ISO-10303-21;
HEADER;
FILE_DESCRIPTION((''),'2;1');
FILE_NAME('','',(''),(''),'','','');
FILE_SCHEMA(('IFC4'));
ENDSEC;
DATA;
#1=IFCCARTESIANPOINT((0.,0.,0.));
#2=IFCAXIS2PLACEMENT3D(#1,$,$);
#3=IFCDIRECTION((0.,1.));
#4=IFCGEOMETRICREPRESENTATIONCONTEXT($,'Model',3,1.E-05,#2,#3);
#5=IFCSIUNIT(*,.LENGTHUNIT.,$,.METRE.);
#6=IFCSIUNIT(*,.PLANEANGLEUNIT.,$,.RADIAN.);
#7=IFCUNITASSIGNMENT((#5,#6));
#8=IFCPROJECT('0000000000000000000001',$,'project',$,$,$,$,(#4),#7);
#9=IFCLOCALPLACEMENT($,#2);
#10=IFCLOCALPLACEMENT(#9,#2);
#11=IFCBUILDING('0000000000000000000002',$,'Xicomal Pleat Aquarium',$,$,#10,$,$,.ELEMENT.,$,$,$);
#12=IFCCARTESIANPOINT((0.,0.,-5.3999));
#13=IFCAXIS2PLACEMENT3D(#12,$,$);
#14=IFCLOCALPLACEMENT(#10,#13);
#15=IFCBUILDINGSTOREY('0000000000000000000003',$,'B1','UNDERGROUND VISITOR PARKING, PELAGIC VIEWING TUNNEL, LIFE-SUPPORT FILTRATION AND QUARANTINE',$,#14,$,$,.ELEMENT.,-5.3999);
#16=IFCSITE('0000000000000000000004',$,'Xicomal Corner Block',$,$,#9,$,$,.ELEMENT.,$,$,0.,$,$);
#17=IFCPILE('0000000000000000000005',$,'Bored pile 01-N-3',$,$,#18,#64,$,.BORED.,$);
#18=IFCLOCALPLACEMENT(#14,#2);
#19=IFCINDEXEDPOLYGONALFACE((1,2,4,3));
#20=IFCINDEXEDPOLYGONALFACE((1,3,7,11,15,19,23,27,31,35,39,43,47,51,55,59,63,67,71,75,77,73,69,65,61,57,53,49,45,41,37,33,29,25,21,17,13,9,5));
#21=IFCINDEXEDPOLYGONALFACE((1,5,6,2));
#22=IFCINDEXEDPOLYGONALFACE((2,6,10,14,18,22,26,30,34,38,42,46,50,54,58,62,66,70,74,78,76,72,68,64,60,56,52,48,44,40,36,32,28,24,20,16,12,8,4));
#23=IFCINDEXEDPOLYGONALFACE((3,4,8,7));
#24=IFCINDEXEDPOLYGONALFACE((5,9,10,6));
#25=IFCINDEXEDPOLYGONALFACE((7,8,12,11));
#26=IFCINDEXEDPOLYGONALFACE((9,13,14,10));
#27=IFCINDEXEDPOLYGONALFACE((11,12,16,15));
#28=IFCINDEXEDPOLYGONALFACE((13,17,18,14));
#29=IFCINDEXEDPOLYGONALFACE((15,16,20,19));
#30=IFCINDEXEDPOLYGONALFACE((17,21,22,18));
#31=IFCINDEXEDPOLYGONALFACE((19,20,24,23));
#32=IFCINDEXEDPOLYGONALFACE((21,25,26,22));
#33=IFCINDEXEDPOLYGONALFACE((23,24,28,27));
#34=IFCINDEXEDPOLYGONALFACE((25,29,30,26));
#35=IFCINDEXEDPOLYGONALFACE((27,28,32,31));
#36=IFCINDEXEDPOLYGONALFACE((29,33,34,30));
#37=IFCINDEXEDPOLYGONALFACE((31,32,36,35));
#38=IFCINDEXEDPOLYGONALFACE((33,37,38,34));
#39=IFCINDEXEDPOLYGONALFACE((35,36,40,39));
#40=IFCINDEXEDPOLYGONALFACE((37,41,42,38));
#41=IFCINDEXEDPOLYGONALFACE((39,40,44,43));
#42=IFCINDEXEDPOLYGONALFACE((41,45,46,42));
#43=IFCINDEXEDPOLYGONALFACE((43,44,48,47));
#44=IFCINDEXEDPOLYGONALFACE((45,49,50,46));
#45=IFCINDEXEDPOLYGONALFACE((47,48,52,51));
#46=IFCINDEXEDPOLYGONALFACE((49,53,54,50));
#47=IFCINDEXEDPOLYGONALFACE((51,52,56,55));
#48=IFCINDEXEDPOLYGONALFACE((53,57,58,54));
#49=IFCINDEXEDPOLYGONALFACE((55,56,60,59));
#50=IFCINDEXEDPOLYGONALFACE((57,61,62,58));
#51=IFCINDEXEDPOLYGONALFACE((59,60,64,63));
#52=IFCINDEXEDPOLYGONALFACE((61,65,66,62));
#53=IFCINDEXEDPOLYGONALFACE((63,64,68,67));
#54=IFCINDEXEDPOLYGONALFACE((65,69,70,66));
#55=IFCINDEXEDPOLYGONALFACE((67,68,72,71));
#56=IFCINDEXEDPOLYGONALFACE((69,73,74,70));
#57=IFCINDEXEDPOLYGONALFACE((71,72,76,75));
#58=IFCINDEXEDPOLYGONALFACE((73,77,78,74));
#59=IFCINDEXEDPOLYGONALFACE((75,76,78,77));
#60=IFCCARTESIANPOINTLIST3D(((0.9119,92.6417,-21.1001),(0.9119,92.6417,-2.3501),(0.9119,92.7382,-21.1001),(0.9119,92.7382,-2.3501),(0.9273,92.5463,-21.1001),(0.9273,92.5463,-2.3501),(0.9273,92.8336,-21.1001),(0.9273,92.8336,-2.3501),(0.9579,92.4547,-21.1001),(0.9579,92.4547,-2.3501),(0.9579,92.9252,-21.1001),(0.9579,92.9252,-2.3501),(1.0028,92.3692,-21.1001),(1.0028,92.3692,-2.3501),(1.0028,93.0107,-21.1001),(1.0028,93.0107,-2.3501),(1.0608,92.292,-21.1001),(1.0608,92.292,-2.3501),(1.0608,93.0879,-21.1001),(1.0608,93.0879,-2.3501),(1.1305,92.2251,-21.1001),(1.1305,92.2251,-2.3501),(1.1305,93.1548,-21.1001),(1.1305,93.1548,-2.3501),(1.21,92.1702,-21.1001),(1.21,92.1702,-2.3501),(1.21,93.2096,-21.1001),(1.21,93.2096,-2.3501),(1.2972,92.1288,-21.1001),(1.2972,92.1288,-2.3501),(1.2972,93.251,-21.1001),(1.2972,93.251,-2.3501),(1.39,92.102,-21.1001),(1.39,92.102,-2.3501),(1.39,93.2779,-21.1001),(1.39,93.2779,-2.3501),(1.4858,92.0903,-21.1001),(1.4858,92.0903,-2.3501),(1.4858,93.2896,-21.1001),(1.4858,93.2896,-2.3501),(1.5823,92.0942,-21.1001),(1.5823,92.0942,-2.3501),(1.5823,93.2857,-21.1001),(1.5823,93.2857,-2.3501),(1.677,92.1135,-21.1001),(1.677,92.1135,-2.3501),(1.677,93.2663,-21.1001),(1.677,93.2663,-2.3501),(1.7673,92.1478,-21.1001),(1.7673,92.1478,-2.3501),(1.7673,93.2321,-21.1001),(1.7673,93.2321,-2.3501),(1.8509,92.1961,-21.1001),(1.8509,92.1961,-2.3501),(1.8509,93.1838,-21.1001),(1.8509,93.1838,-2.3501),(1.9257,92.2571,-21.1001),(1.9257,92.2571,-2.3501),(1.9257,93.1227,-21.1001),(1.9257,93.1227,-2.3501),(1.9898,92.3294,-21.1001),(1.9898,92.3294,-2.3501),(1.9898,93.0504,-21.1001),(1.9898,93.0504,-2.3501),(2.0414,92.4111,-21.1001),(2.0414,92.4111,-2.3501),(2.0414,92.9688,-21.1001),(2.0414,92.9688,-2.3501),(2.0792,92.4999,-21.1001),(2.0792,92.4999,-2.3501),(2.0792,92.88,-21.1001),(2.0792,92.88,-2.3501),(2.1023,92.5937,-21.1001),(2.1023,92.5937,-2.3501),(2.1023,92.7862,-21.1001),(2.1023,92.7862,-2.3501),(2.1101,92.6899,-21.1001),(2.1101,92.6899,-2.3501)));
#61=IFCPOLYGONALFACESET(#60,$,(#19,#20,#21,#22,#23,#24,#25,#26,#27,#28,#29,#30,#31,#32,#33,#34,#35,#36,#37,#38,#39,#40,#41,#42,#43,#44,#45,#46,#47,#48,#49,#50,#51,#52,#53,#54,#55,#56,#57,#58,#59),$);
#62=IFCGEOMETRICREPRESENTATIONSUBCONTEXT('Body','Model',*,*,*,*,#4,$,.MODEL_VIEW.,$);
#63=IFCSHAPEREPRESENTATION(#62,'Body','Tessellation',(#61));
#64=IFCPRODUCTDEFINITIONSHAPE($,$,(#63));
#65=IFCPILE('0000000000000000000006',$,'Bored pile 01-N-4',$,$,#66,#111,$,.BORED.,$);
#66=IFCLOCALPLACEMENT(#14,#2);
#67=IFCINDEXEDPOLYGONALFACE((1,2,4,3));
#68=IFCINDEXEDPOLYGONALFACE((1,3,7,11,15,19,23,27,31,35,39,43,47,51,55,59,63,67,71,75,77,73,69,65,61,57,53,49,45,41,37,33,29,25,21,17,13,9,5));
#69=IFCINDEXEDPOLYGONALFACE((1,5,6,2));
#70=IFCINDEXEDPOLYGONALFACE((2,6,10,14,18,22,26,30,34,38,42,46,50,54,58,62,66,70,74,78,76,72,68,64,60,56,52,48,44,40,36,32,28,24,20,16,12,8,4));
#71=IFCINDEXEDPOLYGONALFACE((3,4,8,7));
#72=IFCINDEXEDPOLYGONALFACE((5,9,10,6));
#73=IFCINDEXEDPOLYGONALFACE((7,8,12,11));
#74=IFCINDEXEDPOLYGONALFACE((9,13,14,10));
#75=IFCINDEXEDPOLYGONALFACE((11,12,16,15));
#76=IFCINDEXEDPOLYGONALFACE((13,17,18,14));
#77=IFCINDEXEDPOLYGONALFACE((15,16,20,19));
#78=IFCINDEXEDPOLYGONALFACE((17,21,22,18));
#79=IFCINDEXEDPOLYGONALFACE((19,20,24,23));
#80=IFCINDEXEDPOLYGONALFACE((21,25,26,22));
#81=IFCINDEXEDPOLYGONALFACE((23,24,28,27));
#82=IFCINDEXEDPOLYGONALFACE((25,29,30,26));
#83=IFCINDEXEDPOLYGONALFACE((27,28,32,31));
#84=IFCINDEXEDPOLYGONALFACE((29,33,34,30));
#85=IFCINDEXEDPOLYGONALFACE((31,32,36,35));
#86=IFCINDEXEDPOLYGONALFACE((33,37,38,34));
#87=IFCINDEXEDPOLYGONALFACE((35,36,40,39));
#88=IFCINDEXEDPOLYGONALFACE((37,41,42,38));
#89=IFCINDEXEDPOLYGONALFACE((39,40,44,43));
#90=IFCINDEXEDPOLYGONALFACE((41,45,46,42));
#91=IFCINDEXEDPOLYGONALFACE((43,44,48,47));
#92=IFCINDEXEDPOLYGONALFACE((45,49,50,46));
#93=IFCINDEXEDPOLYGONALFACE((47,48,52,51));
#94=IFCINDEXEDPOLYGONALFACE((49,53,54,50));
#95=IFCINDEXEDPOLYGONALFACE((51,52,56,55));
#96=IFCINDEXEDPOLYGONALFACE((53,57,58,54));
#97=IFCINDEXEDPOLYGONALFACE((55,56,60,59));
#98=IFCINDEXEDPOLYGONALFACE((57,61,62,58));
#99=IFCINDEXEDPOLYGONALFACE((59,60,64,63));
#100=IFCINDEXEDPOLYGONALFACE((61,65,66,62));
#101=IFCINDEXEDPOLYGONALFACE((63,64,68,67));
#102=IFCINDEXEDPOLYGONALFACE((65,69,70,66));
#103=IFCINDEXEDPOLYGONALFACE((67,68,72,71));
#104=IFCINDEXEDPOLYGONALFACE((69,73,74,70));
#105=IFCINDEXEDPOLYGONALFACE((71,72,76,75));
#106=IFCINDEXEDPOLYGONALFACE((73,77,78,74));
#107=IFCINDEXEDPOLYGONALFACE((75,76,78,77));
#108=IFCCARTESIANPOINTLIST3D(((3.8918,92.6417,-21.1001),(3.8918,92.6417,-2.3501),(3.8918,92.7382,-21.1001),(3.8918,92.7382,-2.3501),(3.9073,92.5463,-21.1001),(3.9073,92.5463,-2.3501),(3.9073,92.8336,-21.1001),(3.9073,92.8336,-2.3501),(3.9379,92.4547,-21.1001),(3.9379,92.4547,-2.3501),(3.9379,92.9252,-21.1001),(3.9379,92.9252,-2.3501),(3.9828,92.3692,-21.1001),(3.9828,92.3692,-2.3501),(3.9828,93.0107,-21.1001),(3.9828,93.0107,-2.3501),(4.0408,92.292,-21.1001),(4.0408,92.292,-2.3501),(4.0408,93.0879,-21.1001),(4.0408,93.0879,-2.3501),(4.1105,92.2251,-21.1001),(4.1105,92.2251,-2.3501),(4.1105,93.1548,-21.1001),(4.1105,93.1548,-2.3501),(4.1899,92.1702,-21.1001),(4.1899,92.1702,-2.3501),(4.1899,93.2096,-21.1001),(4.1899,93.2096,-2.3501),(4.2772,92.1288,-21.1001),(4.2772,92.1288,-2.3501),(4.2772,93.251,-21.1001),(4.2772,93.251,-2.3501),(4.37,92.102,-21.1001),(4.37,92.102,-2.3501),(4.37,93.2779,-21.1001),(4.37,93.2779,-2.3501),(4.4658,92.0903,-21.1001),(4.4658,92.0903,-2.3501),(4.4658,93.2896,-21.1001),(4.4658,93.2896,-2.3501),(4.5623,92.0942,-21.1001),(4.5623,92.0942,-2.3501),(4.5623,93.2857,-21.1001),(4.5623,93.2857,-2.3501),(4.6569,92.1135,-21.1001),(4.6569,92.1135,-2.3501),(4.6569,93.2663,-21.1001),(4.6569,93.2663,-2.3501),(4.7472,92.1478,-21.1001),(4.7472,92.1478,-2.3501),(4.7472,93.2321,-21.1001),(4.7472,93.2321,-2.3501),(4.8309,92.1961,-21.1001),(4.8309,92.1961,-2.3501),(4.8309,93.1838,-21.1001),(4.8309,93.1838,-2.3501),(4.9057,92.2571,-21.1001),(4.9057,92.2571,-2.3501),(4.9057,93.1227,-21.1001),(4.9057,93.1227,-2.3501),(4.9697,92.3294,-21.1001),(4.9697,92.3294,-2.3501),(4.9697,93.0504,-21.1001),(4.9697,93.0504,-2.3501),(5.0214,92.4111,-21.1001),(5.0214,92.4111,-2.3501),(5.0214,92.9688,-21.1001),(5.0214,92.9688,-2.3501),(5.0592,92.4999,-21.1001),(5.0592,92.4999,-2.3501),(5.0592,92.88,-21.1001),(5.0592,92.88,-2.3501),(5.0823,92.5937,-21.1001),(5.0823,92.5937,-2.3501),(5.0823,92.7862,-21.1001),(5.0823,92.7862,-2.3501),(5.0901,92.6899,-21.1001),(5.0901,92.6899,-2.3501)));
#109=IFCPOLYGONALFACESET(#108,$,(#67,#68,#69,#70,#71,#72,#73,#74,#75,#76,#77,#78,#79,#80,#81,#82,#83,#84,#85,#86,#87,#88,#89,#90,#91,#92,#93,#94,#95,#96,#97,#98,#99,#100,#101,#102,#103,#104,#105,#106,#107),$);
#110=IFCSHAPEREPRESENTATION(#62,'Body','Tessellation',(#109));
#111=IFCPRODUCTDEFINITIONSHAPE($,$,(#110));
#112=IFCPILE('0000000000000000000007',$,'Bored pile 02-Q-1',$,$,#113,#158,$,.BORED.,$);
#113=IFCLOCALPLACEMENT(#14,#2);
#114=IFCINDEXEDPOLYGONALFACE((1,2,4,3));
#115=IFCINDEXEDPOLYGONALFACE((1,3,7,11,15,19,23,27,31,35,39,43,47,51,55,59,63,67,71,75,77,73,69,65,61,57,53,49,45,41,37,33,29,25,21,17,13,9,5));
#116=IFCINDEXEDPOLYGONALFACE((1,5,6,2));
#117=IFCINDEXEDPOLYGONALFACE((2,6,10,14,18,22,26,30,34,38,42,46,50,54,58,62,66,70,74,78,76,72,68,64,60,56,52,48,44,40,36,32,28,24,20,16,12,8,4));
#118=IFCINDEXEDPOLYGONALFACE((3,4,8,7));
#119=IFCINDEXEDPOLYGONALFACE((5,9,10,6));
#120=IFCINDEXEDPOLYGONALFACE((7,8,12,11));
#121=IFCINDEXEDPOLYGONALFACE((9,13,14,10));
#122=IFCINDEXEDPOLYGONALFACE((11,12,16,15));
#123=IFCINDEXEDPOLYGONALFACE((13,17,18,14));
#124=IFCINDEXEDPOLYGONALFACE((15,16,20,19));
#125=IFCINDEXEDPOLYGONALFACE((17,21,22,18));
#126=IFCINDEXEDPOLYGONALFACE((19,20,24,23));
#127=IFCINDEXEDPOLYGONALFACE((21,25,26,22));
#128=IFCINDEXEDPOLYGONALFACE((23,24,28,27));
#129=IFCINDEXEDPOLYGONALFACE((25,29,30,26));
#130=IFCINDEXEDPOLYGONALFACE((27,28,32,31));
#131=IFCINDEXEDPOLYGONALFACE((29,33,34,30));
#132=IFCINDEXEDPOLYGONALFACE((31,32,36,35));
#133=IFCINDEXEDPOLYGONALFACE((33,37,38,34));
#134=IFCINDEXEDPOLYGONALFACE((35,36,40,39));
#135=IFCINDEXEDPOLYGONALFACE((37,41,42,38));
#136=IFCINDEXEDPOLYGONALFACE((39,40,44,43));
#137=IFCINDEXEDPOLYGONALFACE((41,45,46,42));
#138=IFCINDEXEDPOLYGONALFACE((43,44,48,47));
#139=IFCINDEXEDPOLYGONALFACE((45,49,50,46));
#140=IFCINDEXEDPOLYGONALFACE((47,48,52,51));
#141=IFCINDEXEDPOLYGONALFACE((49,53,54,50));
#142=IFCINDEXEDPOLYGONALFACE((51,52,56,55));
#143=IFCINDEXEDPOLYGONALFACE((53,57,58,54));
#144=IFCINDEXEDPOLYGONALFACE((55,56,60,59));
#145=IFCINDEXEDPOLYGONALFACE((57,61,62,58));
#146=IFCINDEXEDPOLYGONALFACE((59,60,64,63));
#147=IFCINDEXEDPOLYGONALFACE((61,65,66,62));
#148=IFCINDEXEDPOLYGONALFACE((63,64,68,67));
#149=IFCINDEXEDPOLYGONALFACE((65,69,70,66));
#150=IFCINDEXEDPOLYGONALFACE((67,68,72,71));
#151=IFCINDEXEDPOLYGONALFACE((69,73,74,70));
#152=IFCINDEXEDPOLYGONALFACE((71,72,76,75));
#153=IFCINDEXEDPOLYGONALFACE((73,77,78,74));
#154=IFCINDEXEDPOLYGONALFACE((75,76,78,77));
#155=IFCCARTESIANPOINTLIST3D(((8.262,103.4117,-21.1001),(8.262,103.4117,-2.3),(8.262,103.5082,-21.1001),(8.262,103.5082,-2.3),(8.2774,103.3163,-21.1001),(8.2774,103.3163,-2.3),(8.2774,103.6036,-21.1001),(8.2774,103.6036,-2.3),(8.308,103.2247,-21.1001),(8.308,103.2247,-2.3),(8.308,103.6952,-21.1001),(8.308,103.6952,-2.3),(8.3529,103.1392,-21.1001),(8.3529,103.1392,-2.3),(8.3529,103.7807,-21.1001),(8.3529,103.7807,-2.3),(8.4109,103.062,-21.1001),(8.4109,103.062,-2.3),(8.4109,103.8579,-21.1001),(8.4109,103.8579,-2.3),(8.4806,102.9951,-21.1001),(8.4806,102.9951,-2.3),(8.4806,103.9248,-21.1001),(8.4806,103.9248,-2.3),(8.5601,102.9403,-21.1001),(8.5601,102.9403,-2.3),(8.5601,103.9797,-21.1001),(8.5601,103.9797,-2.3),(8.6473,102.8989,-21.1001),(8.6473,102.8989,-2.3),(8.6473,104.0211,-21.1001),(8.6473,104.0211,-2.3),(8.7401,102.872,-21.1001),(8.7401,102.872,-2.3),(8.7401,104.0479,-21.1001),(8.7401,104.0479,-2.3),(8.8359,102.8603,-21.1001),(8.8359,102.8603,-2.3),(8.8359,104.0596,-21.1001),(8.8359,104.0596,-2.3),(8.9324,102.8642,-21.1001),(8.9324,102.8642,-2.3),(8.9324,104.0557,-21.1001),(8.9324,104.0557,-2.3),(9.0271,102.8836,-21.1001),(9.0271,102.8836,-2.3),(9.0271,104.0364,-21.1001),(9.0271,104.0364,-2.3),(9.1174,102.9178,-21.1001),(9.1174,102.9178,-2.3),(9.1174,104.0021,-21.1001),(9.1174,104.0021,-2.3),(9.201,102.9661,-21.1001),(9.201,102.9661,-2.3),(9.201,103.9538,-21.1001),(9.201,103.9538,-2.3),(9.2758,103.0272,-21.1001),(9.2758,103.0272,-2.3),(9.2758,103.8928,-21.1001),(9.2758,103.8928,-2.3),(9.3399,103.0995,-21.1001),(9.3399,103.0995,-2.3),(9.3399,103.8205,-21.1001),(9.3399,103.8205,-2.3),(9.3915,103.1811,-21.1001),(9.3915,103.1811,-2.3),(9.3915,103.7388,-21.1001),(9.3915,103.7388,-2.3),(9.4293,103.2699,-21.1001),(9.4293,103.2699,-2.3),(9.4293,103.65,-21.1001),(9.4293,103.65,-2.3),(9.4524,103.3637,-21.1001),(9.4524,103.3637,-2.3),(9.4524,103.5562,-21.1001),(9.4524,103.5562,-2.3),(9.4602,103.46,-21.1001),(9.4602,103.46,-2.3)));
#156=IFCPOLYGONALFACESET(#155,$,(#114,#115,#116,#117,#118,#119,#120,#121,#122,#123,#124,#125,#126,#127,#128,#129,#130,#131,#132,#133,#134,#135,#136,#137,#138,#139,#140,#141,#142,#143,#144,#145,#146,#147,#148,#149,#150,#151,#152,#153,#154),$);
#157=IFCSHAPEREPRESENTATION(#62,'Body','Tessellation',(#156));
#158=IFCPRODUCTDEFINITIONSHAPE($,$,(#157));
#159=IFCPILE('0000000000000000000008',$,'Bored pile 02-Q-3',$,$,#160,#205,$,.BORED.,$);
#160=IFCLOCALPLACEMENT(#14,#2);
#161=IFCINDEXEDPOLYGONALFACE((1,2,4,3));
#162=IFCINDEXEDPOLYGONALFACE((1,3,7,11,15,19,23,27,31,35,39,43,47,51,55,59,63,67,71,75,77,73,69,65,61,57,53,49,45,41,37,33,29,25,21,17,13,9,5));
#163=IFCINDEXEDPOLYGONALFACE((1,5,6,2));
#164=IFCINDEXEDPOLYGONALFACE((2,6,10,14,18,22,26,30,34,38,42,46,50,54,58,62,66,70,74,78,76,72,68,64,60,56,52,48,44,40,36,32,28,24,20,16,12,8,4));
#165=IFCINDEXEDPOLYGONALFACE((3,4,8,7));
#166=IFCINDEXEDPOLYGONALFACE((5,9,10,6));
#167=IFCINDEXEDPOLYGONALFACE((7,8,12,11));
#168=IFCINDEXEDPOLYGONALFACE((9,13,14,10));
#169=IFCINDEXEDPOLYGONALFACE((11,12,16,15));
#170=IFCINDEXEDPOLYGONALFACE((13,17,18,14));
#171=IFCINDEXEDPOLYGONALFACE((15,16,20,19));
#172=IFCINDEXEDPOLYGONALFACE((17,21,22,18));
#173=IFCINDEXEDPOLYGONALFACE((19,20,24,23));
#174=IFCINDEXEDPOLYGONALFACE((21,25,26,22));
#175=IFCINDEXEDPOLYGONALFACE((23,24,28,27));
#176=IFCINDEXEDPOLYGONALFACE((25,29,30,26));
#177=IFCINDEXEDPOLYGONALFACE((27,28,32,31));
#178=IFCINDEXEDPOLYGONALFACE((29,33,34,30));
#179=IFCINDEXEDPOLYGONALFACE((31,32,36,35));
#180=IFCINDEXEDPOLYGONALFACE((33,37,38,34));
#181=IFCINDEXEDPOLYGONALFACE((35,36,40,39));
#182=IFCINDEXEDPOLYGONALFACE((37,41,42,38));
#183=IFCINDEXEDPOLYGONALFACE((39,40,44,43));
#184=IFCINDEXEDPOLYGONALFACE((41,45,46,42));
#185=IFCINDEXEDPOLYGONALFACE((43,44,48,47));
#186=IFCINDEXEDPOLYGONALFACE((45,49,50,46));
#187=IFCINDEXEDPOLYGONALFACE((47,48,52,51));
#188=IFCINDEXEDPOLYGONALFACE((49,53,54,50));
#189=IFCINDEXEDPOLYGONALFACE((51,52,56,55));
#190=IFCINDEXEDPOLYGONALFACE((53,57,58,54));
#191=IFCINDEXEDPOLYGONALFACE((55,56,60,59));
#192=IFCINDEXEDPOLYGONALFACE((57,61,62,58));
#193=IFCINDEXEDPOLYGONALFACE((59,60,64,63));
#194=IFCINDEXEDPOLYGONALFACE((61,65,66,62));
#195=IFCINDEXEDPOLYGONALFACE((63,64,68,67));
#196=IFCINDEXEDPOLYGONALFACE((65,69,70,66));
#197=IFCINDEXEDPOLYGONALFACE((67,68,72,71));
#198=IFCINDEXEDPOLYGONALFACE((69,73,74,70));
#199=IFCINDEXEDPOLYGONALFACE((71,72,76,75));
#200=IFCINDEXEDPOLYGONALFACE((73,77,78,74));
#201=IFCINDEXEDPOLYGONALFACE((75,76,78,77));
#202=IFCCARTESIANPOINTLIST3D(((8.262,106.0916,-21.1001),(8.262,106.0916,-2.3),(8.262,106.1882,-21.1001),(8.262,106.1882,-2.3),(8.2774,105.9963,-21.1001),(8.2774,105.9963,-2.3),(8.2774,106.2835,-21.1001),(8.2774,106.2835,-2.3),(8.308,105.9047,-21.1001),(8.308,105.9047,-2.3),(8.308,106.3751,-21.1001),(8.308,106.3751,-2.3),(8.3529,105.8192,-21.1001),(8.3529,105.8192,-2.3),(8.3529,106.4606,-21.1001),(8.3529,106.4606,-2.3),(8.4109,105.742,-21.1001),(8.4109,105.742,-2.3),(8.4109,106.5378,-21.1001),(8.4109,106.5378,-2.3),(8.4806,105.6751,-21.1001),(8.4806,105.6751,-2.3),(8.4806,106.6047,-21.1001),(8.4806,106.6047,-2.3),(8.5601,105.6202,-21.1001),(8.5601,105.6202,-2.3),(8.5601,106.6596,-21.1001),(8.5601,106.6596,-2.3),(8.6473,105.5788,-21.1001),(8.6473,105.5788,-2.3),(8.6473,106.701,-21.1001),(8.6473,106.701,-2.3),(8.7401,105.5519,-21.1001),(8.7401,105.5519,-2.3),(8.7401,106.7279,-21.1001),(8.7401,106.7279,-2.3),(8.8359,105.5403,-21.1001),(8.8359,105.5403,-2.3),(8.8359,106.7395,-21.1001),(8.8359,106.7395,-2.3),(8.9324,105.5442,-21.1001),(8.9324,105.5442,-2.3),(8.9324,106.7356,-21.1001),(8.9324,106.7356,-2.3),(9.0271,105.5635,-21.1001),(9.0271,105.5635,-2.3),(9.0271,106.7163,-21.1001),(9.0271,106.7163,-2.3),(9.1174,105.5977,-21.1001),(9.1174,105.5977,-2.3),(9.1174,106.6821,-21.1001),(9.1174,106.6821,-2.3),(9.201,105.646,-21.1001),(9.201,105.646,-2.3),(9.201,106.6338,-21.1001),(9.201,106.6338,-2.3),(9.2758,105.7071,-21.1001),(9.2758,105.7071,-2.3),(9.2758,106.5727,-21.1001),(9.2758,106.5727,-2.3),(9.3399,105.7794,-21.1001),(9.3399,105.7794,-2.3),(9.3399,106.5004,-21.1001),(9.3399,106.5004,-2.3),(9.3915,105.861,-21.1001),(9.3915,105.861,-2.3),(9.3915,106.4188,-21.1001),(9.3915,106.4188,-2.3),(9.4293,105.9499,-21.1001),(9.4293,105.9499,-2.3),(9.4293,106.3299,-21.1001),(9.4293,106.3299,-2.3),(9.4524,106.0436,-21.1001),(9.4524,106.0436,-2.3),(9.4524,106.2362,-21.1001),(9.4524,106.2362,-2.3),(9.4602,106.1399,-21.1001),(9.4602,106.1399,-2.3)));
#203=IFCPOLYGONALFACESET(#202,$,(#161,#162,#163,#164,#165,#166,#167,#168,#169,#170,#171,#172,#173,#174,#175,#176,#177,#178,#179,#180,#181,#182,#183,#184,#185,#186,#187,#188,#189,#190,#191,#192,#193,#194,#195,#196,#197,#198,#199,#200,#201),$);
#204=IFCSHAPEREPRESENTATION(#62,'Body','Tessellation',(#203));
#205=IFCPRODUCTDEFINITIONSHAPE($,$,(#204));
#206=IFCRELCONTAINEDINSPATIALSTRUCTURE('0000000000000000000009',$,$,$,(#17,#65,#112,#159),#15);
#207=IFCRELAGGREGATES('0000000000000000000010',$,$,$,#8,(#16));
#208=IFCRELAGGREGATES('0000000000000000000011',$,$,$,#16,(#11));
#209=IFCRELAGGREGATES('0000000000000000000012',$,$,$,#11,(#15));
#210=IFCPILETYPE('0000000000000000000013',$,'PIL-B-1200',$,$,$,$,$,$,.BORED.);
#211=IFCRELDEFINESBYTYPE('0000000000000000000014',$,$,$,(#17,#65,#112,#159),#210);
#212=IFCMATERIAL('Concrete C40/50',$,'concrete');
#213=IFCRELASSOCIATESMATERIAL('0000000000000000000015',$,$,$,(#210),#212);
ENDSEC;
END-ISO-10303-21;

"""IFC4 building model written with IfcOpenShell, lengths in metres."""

from ifc_helpers import new_model, si_unit, direction, frame, origin, origin_2d, place, context, subcontext, project, spatial, circle, extrude, material, material_profile, profile_set, type_object, element, save


model = new_model("IFC4")

# Units and contexts
model_context = context("Model", 3, precision=1e-05, world=origin(), true_north=direction((0.0, 1.0)))
body_context = subcontext(model_context, "Body", "Model", "MODEL_VIEW")
ifc_project = project(units=[si_unit("LENGTHUNIT", "METRE"), si_unit("PLANEANGLEUNIT", "RADIAN")], contexts=[model_context])

# Site, building, storey
site_placement = place(None, origin())
site = spatial("IfcSite", under=ifc_project, at=site_placement, Name="Xicomal Corner Block", CompositionType="ELEMENT", RefElevation=0.0)
building_placement = place(site_placement, origin())
building = spatial("IfcBuilding", under=site, at=building_placement, Name="Xicomal Pleat Aquarium", CompositionType="ELEMENT")
storey_placement = place(building_placement, frame((0.0, 0.0, -5.3999)))
storey = spatial("IfcBuildingStorey", under=building, at=storey_placement, Name="B1", Description="UNDERGROUND VISITOR PARKING, PELAGIC VIEWING TUNNEL, LIFE-SUPPORT FILTRATION AND QUARANTINE", CompositionType="ELEMENT", Elevation=-5.3999)

# Piles
ifc_material_1 = material(Name="Concrete C40/50", Category="concrete")
ifc_material_profile_1 = material_profile(ifc_material_1, circle(Radius=0.6001, at=origin_2d()), Name="BORED PILE D1200")
ifc_profile_set_1 = profile_set([ifc_material_profile_1], Name="Concrete C40/50")
pile_type_1 = type_object("IfcPileType", Name="PIL-B-1200", PredefinedType="BORED", material=ifc_profile_set_1)
for number, where, z_axis, x_axis, name in (
    (1, (1.51, 92.6899, -2.3501), (0.0, 0.0, -1.0), (1.0, 0.0, 0.0), "Bored pile 01-N-3"),
    (2, (4.49, 92.6899, -2.3501), (0.0, 0.0, -1.0), (1.0, 0.0, 0.0), "Bored pile 01-N-4"),
):
    element("IfcPile", number, at=place(storey_placement, frame(where, z_axis=z_axis, x_axis=x_axis)), inside=storey, type_object=pile_type_1, Name=name, PredefinedType="BORED", context=body_context, shape_type="SweptSolid", body=[
        extrude(circle(Radius=0.6001, at=origin_2d()), origin(), (0.0, 0.0, 1.0), 18.75),
    ])
for number, where, z_axis, x_axis, name in (
    (3, (8.8601, 103.46, -2.3), (0.0, 0.0, -1.0), (1.0, 0.0, 0.0), "Bored pile 02-Q-1"),
    (4, (8.8601, 106.1399, -2.3), (0.0, 0.0, -1.0), (1.0, 0.0, 0.0), "Bored pile 02-Q-3"),
):
    element("IfcPile", number, at=place(storey_placement, frame(where, z_axis=z_axis, x_axis=x_axis)), inside=storey, type_object=pile_type_1, Name=name, PredefinedType="BORED", context=body_context, shape_type="SweptSolid", body=[
        extrude(circle(Radius=0.6001, at=origin_2d()), origin(), (0.0, 0.0, 1.0), 18.8),
    ])

save(model, "model.ifc")
